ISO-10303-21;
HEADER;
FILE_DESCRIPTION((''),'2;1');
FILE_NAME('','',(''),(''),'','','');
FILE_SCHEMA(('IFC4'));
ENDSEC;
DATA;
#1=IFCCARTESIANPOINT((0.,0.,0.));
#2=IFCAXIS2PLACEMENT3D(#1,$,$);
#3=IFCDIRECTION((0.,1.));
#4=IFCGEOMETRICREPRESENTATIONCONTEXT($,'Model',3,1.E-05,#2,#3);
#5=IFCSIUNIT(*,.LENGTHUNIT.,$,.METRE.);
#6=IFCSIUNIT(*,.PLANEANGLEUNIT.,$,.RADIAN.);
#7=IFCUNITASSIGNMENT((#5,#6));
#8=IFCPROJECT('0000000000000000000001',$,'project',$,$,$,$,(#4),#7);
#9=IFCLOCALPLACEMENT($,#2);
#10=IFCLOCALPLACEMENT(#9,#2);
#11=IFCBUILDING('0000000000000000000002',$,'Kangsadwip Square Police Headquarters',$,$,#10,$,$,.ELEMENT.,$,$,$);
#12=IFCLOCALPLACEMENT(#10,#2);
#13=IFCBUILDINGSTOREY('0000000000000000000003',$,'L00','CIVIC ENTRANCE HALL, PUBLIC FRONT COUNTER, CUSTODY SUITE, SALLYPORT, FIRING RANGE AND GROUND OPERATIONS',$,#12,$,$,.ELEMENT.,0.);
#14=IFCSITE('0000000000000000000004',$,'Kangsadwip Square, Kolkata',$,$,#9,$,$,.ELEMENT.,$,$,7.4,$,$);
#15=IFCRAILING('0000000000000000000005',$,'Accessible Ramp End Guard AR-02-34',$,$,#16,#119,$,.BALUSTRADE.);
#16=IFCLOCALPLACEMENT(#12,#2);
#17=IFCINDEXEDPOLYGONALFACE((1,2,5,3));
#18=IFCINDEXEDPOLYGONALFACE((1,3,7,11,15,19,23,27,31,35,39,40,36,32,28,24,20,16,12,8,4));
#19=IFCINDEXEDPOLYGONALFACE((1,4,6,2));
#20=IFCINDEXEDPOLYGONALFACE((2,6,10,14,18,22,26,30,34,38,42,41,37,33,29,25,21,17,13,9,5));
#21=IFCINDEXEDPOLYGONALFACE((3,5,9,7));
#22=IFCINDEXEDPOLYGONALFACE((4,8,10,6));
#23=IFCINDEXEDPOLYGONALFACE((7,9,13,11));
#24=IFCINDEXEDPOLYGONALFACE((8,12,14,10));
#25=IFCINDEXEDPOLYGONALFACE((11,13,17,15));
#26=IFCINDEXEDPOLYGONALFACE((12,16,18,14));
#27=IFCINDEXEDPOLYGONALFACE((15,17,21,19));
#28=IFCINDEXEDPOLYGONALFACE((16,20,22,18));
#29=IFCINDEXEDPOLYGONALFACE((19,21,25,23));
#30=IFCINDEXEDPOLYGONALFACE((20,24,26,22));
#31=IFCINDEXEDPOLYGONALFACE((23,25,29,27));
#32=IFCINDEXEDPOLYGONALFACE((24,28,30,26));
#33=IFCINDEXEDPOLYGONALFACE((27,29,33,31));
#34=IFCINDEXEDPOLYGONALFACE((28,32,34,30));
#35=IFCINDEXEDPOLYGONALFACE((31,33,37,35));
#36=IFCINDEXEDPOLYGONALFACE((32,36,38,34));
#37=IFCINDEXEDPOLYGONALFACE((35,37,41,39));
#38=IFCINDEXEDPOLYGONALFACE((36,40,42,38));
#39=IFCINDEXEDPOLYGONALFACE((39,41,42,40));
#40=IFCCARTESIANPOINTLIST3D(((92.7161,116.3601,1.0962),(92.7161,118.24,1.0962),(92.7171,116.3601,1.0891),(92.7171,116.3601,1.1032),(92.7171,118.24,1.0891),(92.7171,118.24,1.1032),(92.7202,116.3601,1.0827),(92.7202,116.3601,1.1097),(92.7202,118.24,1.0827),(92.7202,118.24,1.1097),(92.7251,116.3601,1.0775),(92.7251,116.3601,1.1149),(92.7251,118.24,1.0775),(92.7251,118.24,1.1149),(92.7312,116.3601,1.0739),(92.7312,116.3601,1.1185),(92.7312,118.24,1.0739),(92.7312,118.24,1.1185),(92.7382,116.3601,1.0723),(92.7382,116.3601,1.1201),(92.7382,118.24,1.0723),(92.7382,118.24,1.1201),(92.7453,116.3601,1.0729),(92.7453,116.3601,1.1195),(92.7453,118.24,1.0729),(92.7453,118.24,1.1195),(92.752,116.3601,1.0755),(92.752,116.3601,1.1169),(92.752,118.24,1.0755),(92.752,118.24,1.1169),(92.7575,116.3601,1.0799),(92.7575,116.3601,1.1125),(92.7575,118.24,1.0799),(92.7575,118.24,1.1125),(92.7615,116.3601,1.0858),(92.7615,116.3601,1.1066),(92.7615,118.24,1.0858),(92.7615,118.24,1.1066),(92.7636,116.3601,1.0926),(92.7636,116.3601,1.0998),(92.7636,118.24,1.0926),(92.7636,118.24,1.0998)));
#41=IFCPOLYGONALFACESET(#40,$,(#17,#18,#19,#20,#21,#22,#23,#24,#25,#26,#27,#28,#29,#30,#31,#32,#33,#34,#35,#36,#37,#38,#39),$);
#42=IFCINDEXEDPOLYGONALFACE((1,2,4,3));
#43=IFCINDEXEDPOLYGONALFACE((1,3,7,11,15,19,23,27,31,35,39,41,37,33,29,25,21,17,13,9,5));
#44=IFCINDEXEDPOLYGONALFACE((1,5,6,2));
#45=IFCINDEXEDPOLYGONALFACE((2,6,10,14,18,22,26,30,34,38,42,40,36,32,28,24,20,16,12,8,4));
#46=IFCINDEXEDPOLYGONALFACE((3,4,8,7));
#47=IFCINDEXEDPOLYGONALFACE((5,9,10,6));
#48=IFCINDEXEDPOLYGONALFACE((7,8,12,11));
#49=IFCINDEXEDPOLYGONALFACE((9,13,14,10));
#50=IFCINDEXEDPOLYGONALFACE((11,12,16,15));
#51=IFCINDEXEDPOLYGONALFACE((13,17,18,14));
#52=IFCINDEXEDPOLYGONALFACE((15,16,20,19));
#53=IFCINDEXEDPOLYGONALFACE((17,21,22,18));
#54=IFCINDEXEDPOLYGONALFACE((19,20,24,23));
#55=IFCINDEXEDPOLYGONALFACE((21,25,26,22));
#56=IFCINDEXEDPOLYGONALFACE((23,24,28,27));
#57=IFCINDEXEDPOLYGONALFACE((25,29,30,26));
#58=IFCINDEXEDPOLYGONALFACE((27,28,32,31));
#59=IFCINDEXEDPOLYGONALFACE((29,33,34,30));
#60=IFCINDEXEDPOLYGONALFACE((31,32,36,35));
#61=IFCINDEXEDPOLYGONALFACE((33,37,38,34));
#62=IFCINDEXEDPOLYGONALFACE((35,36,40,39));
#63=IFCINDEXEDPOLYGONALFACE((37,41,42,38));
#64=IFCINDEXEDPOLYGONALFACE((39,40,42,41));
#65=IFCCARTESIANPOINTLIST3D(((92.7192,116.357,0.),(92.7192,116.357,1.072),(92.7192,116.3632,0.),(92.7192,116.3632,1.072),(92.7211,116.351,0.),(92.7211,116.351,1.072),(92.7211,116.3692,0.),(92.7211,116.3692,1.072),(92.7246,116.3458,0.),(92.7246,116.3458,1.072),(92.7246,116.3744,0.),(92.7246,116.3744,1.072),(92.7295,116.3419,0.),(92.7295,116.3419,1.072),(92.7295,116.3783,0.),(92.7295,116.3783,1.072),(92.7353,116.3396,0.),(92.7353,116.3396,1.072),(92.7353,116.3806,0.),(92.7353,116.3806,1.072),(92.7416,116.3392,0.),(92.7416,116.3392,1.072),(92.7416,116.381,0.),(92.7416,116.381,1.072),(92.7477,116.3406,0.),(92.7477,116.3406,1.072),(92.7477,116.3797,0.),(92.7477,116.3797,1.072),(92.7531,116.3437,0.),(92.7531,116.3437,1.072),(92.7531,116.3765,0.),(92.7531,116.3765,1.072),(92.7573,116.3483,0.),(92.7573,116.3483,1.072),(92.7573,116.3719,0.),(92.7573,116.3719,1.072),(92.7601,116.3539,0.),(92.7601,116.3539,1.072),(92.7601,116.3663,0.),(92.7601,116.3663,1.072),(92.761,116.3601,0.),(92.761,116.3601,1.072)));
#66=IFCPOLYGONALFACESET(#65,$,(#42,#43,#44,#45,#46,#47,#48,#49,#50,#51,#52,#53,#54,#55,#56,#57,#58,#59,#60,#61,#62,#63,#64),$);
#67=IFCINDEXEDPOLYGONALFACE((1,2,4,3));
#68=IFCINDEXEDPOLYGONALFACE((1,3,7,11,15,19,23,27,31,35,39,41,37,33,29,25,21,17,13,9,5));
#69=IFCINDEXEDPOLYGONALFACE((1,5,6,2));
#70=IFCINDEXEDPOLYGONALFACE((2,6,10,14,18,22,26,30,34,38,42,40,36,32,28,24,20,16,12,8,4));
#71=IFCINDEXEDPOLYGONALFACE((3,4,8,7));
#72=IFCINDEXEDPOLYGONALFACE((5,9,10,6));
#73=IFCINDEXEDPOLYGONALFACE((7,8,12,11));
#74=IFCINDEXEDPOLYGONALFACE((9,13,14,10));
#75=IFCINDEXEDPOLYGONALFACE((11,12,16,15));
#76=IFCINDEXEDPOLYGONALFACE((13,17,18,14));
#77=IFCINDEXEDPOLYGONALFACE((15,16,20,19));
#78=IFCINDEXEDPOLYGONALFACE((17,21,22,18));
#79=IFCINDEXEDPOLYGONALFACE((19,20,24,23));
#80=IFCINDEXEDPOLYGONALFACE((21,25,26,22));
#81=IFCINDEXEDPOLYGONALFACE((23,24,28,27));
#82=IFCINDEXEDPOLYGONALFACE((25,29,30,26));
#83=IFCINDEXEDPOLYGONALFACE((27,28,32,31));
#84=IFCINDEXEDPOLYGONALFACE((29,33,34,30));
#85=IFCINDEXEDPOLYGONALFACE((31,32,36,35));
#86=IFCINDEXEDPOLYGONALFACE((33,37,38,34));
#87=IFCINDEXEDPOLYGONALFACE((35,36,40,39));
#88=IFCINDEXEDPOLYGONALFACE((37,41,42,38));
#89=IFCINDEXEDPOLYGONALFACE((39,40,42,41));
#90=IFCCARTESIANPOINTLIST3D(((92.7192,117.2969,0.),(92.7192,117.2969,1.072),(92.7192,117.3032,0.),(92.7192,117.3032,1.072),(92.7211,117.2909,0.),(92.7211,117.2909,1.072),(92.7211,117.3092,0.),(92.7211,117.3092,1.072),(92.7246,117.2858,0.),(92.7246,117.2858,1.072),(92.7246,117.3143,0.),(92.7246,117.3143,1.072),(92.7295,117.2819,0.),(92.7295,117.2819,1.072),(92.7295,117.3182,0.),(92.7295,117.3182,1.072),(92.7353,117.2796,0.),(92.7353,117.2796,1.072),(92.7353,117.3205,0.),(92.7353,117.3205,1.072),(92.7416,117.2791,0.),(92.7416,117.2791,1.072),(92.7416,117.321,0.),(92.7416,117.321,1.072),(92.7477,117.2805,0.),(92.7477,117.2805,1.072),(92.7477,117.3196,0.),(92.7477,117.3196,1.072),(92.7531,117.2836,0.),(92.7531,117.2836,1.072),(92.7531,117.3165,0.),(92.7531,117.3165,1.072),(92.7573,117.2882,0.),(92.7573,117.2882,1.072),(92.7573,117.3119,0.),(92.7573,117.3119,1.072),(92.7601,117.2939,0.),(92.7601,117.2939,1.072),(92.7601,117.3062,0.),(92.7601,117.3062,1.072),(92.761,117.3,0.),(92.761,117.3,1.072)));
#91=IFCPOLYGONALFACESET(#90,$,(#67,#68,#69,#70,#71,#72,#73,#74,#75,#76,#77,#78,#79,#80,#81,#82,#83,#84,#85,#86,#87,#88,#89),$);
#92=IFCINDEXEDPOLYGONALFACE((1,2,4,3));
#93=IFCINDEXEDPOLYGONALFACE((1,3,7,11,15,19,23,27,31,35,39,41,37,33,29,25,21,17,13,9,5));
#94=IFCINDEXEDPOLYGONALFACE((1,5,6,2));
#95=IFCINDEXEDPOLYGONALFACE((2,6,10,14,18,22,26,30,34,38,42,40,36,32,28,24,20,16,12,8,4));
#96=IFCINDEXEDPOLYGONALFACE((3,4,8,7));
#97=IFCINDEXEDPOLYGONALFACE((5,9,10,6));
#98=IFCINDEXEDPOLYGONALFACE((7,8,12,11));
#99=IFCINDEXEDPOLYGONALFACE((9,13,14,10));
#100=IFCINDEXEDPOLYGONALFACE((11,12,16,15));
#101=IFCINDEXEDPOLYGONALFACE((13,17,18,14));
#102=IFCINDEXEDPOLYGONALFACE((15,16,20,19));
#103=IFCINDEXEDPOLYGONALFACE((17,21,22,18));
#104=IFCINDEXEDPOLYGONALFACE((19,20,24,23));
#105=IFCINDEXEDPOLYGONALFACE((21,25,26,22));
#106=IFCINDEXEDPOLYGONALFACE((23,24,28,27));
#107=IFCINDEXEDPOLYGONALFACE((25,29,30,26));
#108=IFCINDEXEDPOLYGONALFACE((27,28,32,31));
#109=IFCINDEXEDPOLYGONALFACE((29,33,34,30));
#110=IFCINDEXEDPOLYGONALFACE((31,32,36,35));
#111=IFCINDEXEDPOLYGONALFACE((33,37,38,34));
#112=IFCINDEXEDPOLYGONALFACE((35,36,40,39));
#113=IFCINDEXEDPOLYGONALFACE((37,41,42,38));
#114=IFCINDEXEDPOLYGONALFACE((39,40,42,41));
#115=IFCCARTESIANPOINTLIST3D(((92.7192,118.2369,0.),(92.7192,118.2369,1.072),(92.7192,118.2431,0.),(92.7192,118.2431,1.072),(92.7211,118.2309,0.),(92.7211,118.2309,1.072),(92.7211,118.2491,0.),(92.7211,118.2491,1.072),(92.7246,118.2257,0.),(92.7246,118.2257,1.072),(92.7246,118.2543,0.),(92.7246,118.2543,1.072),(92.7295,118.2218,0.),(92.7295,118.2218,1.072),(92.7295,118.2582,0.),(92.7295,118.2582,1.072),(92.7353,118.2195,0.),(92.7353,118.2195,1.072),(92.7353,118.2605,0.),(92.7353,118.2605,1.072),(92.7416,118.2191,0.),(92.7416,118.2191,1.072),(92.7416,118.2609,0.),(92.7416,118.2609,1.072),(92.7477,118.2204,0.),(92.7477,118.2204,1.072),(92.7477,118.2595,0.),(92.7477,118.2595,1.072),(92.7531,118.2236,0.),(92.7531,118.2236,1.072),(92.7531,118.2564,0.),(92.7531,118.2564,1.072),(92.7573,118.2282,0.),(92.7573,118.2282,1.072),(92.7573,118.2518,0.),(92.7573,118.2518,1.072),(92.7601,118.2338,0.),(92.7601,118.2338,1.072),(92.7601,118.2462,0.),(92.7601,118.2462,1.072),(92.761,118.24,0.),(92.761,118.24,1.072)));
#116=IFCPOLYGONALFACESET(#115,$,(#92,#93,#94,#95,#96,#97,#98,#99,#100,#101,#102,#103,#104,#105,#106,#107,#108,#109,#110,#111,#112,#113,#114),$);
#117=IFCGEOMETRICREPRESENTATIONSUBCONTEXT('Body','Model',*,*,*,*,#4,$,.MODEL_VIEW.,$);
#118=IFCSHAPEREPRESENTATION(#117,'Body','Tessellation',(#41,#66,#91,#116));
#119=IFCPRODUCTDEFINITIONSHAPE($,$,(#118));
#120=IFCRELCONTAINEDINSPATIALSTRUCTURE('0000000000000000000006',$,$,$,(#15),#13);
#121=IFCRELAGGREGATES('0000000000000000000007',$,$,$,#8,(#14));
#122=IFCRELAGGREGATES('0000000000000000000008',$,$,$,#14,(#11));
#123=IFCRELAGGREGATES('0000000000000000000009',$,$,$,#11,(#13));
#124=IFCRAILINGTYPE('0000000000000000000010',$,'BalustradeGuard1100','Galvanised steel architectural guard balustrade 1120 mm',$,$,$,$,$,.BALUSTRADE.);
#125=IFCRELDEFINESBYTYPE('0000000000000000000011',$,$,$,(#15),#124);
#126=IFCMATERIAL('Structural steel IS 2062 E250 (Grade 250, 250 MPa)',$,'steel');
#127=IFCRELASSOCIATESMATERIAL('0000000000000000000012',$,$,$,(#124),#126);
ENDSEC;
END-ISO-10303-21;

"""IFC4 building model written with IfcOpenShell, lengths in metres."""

from ifc_helpers import new_model, si_unit, direction, frame, origin, origin_2d, place, context, subcontext, project, spatial, circle, extrude, material, type_object, element, save


model = new_model("IFC4")

# Units and contexts
model_context = context("Model", 3, precision=1e-05, world=origin(), true_north=direction((0.0, 1.0)))
body_context = subcontext(model_context, "Body", "Model", "MODEL_VIEW")
ifc_project = project(units=[si_unit("LENGTHUNIT", "METRE"), si_unit("PLANEANGLEUNIT", "RADIAN")], contexts=[model_context])

# Site, building, storey
site_placement = place(None, origin())
site = spatial("IfcSite", under=ifc_project, at=site_placement, Name="Kangsadwip Square, Kolkata", CompositionType="ELEMENT", RefElevation=7.4)
building_placement = place(site_placement, origin())
building = spatial("IfcBuilding", under=site, at=building_placement, Name="Kangsadwip Square Police Headquarters", CompositionType="ELEMENT")
storey_placement = place(building_placement, origin())
storey = spatial("IfcBuildingStorey", under=building, at=storey_placement, Name="L00", Description="CIVIC ENTRANCE HALL, PUBLIC FRONT COUNTER, CUSTODY SUITE, SALLYPORT, FIRING RANGE AND GROUND OPERATIONS", CompositionType="ELEMENT", Elevation=0.0)

# Railing
ifc_material_1 = material(Name="Structural steel IS 2062 E250 (Grade 250, 250 MPa)", Category="steel")
railing_type = type_object("IfcRailingType", Name="BalustradeGuard1100", Description="Galvanised steel architectural guard balustrade 1120 mm", PredefinedType="BALUSTRADE", material=ifc_material_1)
railing_placement = place(storey_placement, frame((92.74, 116.3601, 0.0)))
element("IfcRailing", 1, at=railing_placement, inside=storey, type_object=railing_type, Name="Accessible Ramp End Guard AR-02-34", PredefinedType="BALUSTRADE", context=body_context, shape_type="SweptSolid", body=[
    extrude(circle(Radius=0.0239, at=origin_2d()), frame((0.0, 0.0, 1.0962), z_axis=(0.0, 1.0, 0.0), x_axis=(-1.0, 0.0, 0.0)), (0.0, 0.0, 1.0), 1.8799),
    extrude(circle(Radius=0.021, at=origin_2d()), origin(), (0.0, 0.0, 1.0), 1.072),
    extrude(circle(Radius=0.021, at=origin_2d()), frame((0.0, 0.9399, 0.0)), (0.0, 0.0, 1.0), 1.072),
    extrude(circle(Radius=0.021, at=origin_2d()), frame((0.0, 1.8799, 0.0)), (0.0, 0.0, 1.0), 1.072),
])

save(model, "model.ifc")
